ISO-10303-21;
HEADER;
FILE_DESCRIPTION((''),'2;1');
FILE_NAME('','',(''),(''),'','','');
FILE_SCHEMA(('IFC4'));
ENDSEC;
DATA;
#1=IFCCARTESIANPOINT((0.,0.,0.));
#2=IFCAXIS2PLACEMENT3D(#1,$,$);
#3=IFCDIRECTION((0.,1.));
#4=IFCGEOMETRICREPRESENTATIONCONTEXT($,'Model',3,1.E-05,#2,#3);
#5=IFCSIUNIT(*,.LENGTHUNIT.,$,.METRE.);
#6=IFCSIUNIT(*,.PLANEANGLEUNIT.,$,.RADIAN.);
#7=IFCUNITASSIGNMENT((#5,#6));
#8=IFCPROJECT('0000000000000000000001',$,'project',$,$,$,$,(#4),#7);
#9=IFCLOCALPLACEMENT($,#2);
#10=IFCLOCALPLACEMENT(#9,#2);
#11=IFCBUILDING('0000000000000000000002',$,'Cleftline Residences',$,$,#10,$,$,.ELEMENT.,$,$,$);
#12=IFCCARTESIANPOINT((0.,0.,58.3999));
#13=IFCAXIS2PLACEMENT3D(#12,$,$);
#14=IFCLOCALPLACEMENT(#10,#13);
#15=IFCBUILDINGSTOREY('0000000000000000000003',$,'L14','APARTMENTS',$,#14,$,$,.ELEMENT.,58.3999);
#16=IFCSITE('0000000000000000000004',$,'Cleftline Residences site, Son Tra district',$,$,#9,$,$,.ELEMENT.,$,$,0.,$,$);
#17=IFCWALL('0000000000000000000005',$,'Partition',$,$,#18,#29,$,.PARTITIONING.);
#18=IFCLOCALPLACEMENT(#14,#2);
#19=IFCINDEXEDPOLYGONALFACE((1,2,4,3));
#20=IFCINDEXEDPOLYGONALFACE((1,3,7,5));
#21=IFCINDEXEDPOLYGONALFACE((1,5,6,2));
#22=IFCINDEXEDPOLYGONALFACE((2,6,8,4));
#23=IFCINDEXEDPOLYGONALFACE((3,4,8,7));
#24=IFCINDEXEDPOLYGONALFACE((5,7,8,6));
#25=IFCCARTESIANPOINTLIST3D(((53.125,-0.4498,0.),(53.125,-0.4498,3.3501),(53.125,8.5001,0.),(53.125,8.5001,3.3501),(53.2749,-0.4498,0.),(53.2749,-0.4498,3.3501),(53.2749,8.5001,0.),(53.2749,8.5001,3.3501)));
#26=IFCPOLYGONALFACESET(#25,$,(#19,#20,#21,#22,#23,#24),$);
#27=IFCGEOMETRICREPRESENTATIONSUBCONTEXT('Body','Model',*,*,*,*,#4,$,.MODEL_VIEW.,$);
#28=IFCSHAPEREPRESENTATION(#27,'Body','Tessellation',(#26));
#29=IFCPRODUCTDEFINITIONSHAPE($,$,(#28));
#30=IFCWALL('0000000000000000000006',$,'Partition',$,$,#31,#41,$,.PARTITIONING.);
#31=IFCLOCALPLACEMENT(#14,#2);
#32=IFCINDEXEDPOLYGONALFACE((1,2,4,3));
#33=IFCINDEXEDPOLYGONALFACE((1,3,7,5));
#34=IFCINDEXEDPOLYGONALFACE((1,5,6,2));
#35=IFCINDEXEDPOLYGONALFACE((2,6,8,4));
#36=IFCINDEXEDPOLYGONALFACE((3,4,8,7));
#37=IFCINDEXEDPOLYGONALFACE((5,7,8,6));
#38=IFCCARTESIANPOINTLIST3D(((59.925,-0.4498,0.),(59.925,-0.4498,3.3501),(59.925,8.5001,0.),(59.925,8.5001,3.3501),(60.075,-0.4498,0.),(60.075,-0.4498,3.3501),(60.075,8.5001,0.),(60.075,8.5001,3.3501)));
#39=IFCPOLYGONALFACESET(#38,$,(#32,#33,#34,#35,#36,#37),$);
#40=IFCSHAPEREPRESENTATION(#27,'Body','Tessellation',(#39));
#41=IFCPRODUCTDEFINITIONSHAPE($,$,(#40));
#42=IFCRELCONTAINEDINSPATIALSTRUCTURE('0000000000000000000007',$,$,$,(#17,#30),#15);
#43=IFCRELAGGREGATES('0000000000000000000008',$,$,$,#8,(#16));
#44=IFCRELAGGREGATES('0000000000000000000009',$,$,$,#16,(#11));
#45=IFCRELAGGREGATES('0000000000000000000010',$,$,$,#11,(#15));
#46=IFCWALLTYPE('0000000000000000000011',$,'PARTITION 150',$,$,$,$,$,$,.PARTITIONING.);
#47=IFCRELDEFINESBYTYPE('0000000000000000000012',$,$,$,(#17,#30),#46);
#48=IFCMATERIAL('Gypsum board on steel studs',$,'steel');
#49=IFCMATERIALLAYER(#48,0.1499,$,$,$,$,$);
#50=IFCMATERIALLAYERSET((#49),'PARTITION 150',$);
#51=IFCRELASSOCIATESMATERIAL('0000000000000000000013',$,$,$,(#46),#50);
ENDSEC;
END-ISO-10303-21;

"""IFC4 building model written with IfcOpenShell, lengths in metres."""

from ifc_helpers import new_model, si_unit, direction, frame, frame_2d, origin, place, context, subcontext, project, spatial, rectangle, extrude, material, layer, layer_set, type_object, element, save


model = new_model("IFC4")

# Units and contexts
model_context = context("Model", 3, precision=1e-05, world=origin(), true_north=direction((0.0, 1.0)))
body_context = subcontext(model_context, "Body", "Model", "MODEL_VIEW")
ifc_project = project(units=[si_unit("LENGTHUNIT", "METRE"), si_unit("PLANEANGLEUNIT", "RADIAN")], contexts=[model_context])

# Site, building, storey
site_placement = place(None, origin())
site = spatial("IfcSite", under=ifc_project, at=site_placement, Name="Cleftline Residences site, Son Tra district", CompositionType="ELEMENT", RefElevation=0.0)
building_placement = place(site_placement, origin())
building = spatial("IfcBuilding", under=site, at=building_placement, Name="Cleftline Residences", CompositionType="ELEMENT")
storey_placement = place(building_placement, frame((0.0, 0.0, 58.3999)))
storey = spatial("IfcBuildingStorey", under=building, at=storey_placement, Name="L14", Description="APARTMENTS", CompositionType="ELEMENT", Elevation=58.3999)

# Walls
ifc_material_1 = material(Name="Gypsum board on steel studs", Category="steel")
ifc_layer_1 = layer(ifc_material_1, 0.1499)
ifc_layer_set_1 = layer_set([ifc_layer_1], Name="PARTITION 150")
wall_type_1 = type_object("IfcWallType", Name="PARTITION 150", PredefinedType="PARTITIONING", material=ifc_layer_set_1)
for number, where, z_axis, x_axis, name in (
    (1, (53.2, -0.45, 0.0), (0.0, 0.0, 1.0), (0.0, 1.0, 0.0), "Partition"),
    (2, (60.0, -0.45, 0.0), (0.0, 0.0, 1.0), (0.0, 1.0, 0.0), "Partition"),
):
    element("IfcWall", number, at=place(storey_placement, frame(where, z_axis=z_axis, x_axis=x_axis)), inside=storey, type_object=wall_type_1, Name=name, PredefinedType="PARTITIONING", context=body_context, shape_type="SweptSolid", body=[
        extrude(rectangle(XDim=8.95, YDim=0.1499, at=frame_2d((4.4751, 0.0))), origin(), (0.0, 0.0, 1.0), 3.3501),
    ])

save(model, "model.ifc")
